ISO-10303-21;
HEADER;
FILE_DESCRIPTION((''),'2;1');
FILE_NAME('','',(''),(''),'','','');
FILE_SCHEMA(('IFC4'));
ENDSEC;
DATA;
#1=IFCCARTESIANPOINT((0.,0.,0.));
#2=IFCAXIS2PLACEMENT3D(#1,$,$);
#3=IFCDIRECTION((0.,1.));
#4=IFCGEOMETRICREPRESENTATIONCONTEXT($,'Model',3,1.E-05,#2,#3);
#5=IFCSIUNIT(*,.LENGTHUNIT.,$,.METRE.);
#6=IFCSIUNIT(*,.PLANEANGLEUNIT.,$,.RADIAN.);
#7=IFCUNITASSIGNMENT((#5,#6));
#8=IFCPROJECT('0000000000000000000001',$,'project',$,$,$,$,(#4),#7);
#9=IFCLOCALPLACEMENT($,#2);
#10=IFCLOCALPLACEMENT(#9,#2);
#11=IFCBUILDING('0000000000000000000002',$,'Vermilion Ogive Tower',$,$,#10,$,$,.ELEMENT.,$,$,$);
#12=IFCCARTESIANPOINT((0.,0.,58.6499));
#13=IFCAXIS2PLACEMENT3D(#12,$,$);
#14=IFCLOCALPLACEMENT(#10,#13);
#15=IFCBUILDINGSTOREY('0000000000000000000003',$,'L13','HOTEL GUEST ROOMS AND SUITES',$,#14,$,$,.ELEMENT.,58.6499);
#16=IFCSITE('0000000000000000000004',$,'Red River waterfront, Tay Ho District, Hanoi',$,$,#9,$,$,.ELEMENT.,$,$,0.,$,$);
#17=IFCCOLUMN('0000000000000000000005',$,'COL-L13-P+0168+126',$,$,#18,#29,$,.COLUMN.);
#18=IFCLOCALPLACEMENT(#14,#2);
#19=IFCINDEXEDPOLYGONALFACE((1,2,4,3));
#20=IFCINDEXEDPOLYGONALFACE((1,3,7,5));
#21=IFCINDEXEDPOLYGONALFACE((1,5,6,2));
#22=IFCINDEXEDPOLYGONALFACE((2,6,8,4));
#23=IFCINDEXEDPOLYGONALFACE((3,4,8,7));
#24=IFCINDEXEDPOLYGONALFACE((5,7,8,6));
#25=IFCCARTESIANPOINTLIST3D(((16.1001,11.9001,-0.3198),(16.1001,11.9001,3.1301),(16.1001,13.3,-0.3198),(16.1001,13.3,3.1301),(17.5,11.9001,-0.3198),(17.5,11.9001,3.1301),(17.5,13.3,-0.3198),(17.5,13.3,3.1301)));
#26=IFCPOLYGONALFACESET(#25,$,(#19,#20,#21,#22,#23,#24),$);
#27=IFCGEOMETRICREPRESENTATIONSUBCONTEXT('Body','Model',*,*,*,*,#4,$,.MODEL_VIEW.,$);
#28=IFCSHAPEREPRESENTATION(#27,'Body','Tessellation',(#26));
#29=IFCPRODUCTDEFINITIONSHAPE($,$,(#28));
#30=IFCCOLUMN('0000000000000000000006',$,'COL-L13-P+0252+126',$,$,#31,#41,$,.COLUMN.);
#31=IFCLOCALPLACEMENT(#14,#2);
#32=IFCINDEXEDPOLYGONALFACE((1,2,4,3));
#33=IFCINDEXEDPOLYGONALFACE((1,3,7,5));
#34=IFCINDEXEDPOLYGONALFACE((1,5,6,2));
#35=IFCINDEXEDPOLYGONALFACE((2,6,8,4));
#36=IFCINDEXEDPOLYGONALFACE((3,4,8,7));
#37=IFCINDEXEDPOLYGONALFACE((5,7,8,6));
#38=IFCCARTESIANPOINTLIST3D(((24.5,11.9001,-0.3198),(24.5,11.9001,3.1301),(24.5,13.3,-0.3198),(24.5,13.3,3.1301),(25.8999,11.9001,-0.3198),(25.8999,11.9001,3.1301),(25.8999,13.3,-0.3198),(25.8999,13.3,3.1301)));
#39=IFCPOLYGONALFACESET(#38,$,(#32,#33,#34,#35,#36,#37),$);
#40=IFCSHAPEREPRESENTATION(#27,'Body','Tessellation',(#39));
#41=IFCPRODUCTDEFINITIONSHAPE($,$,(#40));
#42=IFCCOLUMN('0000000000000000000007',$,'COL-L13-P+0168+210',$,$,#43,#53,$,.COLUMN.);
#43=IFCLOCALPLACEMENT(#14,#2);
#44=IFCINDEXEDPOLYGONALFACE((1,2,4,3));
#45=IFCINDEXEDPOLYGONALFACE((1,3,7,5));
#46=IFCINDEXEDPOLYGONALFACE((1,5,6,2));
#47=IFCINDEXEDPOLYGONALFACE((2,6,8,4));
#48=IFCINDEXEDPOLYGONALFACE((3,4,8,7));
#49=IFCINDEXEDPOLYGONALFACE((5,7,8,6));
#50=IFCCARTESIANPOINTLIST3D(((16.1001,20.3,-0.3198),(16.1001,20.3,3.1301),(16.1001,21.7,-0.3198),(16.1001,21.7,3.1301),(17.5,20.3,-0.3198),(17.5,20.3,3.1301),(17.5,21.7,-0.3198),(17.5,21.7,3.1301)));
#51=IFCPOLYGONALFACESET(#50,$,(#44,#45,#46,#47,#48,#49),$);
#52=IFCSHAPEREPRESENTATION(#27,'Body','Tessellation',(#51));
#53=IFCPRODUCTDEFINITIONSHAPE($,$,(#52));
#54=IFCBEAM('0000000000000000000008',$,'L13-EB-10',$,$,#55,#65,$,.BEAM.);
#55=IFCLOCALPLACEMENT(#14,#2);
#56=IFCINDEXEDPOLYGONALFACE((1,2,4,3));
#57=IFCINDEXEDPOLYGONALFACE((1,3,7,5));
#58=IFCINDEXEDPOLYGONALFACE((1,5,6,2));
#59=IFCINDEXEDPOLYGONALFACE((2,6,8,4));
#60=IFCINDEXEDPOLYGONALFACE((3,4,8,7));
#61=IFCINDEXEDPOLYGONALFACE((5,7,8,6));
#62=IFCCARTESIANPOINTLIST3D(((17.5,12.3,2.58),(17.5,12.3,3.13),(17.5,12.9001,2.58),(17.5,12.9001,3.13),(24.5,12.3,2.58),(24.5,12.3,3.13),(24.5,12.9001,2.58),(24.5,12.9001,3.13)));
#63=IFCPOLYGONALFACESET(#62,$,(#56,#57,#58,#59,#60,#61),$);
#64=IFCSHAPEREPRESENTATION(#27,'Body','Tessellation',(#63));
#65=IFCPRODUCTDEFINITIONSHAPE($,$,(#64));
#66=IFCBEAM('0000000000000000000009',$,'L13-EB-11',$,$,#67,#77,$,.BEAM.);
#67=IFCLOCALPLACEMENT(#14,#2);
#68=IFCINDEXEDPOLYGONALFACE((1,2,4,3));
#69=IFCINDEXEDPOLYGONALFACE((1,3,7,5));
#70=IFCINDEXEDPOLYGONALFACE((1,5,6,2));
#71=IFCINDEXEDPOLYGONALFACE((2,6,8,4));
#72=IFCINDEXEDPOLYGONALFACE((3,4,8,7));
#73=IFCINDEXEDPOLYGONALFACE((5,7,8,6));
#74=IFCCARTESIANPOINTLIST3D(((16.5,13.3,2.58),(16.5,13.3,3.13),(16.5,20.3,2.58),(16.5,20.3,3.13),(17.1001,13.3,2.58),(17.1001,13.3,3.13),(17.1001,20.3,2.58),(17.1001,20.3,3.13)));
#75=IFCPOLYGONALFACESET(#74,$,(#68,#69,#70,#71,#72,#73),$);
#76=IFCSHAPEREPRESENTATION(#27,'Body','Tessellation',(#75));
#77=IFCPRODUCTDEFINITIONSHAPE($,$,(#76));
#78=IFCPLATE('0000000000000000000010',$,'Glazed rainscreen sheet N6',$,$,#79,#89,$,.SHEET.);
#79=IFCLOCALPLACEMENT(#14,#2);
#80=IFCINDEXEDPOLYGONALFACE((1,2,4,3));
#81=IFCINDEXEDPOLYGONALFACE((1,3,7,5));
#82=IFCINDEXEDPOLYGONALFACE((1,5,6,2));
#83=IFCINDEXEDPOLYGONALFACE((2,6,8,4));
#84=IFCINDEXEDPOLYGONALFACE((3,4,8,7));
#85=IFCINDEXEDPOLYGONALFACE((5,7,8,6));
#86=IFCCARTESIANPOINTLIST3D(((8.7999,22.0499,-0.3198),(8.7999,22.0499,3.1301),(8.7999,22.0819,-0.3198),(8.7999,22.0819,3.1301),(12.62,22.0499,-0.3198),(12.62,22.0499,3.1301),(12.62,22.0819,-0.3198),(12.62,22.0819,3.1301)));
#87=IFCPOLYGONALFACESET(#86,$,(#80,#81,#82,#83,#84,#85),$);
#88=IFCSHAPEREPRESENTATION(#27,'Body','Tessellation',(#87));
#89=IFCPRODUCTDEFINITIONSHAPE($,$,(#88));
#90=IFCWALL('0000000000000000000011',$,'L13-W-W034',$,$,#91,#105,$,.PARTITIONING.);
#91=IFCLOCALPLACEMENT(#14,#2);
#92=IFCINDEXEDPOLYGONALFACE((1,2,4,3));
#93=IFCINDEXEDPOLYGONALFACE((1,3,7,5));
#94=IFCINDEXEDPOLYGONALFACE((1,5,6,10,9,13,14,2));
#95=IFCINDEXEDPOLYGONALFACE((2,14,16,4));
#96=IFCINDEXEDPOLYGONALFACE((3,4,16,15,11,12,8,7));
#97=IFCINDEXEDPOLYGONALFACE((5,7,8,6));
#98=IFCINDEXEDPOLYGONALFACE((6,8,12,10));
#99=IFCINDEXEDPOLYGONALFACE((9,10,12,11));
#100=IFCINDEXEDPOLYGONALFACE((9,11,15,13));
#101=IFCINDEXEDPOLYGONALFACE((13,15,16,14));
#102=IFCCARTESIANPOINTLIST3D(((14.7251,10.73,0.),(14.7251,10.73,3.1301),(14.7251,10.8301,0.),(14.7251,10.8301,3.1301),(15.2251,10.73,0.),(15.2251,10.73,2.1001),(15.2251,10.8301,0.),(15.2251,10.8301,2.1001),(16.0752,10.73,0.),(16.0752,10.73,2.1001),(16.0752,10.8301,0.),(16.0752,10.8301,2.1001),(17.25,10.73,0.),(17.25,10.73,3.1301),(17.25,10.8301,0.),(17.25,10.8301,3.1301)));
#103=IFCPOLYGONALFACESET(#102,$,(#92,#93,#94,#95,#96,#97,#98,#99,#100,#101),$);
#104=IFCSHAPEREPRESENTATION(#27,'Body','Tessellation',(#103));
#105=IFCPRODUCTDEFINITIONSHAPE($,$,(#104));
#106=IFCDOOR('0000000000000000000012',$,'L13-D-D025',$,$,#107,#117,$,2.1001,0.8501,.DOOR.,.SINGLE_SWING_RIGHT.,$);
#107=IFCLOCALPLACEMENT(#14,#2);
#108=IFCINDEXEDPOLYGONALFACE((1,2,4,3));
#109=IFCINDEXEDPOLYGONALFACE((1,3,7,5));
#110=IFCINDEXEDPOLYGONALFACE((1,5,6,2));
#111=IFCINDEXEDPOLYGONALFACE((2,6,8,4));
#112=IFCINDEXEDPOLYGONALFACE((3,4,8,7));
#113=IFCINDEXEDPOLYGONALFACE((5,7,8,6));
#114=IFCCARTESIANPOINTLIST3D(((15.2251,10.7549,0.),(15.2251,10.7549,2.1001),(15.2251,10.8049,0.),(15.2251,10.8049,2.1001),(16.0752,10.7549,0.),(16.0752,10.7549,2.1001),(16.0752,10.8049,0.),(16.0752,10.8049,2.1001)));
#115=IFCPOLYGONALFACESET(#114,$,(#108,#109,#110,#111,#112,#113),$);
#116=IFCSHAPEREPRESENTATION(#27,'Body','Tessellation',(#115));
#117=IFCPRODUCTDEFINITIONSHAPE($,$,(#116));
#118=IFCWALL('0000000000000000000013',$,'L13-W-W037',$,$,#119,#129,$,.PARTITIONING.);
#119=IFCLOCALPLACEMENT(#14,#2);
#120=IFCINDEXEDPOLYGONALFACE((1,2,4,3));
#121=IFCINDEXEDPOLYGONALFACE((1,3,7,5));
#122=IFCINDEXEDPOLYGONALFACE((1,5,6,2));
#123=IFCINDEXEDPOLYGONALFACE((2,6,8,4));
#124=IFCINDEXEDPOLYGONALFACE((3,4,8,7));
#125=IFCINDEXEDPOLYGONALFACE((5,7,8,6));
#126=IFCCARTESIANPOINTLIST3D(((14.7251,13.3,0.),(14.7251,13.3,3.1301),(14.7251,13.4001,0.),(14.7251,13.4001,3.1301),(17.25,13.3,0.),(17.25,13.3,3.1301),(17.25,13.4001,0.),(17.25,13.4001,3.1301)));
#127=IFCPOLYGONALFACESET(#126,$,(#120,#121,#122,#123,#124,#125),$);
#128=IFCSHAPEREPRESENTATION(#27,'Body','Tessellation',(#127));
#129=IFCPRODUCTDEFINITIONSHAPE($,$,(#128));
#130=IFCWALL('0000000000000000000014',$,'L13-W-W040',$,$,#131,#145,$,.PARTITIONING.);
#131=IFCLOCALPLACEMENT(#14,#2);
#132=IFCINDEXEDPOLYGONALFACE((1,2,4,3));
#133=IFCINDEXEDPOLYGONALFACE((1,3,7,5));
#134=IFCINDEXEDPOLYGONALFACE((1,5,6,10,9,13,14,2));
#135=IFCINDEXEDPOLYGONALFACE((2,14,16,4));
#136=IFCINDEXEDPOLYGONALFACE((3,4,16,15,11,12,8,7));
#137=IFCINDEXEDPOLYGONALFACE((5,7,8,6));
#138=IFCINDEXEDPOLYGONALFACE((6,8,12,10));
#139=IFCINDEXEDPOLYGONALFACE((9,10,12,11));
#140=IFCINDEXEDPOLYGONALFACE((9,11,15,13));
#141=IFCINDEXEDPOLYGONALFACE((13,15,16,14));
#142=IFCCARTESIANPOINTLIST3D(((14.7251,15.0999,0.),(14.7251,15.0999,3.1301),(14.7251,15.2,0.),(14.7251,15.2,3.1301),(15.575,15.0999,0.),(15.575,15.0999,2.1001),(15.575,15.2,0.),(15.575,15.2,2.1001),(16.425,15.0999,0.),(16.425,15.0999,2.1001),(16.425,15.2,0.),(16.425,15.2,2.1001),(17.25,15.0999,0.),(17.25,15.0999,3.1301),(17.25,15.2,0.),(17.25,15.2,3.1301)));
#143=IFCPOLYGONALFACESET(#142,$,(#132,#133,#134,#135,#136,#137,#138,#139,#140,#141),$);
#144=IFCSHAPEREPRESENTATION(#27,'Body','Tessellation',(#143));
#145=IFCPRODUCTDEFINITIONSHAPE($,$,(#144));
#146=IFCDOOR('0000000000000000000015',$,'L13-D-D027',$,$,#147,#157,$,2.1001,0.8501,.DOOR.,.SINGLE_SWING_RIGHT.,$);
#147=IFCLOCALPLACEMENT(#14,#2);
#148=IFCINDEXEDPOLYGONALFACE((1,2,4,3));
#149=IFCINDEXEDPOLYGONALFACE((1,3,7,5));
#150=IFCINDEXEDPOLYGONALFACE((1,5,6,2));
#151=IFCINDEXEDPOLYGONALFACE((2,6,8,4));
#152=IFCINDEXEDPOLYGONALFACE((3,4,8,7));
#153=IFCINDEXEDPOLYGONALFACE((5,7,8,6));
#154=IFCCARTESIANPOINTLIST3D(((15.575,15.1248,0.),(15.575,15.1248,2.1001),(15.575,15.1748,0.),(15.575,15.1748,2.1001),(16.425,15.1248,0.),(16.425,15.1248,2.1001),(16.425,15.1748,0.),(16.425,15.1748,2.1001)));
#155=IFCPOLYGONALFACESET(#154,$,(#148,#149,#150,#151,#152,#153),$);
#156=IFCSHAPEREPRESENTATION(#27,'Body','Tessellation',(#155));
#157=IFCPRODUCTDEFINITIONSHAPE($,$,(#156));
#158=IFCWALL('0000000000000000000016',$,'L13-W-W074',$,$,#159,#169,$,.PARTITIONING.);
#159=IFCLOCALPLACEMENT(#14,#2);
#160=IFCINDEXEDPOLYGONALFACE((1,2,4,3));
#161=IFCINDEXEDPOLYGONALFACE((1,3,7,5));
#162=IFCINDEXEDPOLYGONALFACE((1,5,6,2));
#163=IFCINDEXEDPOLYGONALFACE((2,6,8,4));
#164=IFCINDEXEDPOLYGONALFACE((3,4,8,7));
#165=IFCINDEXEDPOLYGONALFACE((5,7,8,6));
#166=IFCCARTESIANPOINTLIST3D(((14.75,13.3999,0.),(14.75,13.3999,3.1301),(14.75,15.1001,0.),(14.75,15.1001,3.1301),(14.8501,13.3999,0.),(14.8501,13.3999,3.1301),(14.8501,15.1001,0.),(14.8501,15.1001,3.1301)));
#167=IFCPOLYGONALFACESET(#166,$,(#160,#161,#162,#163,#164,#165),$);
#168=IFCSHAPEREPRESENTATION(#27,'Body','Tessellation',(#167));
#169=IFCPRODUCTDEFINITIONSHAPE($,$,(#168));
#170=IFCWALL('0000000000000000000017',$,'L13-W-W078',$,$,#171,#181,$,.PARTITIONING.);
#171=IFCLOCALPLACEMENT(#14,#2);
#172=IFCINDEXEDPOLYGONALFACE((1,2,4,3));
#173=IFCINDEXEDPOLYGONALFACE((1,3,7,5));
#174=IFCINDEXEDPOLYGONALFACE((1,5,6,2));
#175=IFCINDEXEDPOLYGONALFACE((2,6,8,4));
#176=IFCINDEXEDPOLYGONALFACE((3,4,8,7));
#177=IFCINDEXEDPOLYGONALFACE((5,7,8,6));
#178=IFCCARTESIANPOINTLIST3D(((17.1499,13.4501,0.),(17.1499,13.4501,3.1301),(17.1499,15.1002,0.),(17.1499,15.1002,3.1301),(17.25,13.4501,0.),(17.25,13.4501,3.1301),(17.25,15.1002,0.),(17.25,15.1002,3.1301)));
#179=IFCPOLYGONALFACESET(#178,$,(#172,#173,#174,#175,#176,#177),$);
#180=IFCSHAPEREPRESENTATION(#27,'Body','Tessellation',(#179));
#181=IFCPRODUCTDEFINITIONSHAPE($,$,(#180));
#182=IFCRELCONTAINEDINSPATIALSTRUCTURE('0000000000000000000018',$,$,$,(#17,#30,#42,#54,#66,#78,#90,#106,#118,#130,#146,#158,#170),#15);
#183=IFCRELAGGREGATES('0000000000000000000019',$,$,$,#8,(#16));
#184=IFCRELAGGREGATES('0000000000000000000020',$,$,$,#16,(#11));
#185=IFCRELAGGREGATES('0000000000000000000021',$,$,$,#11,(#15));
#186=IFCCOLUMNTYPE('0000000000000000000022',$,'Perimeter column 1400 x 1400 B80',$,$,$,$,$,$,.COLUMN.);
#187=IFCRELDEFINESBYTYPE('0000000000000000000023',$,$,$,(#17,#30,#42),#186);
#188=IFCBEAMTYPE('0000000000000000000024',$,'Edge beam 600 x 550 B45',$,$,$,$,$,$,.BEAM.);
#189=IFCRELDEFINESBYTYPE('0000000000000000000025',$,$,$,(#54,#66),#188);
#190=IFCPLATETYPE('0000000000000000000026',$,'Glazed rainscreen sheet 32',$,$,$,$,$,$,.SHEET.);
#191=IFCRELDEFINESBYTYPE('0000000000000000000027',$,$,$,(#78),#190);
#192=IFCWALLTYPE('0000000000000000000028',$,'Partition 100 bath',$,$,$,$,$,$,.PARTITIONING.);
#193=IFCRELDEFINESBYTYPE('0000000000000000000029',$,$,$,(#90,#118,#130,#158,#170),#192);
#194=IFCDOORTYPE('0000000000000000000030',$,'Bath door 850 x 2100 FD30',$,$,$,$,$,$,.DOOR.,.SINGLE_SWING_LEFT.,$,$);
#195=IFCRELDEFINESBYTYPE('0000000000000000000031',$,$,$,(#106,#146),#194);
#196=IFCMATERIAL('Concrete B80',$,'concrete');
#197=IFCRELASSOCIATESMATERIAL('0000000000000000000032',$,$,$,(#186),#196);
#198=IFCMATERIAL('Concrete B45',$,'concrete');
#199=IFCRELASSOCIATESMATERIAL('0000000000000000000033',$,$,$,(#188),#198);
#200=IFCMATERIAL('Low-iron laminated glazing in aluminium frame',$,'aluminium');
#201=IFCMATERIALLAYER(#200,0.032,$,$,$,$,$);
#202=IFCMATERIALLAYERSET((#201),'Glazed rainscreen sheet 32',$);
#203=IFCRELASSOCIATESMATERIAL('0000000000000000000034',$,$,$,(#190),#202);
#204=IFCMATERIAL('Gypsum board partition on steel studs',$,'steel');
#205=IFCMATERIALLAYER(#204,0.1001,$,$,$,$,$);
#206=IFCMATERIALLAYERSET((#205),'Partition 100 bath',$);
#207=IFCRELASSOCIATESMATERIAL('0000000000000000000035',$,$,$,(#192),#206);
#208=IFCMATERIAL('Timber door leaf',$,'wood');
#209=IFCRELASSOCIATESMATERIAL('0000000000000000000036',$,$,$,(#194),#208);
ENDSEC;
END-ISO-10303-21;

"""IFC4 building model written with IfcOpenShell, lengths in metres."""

from ifc_helpers import new_model, si_unit, direction, frame, frame_2d, origin, origin_2d, place, context, subcontext, project, spatial, rectangle, extrude, material, layer, layer_set, material_profile, profile_set, type_object, element, fill, save


model = new_model("IFC4")

# Units and contexts
model_context = context("Model", 3, precision=1e-05, world=origin(), true_north=direction((0.0, 1.0)))
body_context = subcontext(model_context, "Body", "Model", "MODEL_VIEW")
ifc_project = project(units=[si_unit("LENGTHUNIT", "METRE"), si_unit("PLANEANGLEUNIT", "RADIAN")], contexts=[model_context])

# Site, building, storey
site_placement = place(None, origin())
site = spatial("IfcSite", under=ifc_project, at=site_placement, Name="Red River waterfront, Tay Ho District, Hanoi", CompositionType="ELEMENT", RefElevation=0.0)
building_placement = place(site_placement, origin())
building = spatial("IfcBuilding", under=site, at=building_placement, Name="Vermilion Ogive Tower", CompositionType="ELEMENT")
storey_placement = place(building_placement, frame((0.0, 0.0, 58.6499)))
storey = spatial("IfcBuildingStorey", under=building, at=storey_placement, Name="L13", Description="HOTEL GUEST ROOMS AND SUITES", CompositionType="ELEMENT", Elevation=58.6499)

# Columns
ifc_material_1 = material(Name="Concrete B80", Category="concrete")
ifc_material_profile_1 = material_profile(ifc_material_1, rectangle(XDim=1.3999, YDim=1.3999, at=origin_2d()), Name="1400 x 1400")
ifc_profile_set_1 = profile_set([ifc_material_profile_1], Name="Concrete B80")
column_type = type_object("IfcColumnType", Name="Perimeter column 1400 x 1400 B80", PredefinedType="COLUMN", material=ifc_profile_set_1)
for number, where, z_axis, x_axis, name in (
    (1, (16.8, 12.6001, -0.3198), (0.0, 0.0, 1.0), (1.0, 0.0, 0.0), "COL-L13-P+0168+126"),
    (2, (25.2, 12.6001, -0.3198), (0.0, 0.0, 1.0), (1.0, 0.0, 0.0), "COL-L13-P+0252+126"),
    (3, (16.8, 21.0, -0.3198), (0.0, 0.0, 1.0), (1.0, 0.0, 0.0), "COL-L13-P+0168+210"),
):
    element("IfcColumn", number, at=place(storey_placement, frame(where, z_axis=z_axis, x_axis=x_axis)), inside=storey, type_object=column_type, Name=name, PredefinedType="COLUMN", context=body_context, shape_type="SweptSolid", body=[
        extrude(rectangle(XDim=1.3999, YDim=1.3999, at=origin_2d()), origin(), (0.0, 0.0, 1.0), 3.45),
    ])

# Beams
ifc_material_2 = material(Name="Concrete B45", Category="concrete")
ifc_material_profile_2 = material_profile(ifc_material_2, rectangle(XDim=0.6001, YDim=0.55, at=origin_2d()), Name="600 x 550")
ifc_profile_set_2 = profile_set([ifc_material_profile_2], Name="Concrete B45")
beam_type = type_object("IfcBeamType", Name="Edge beam 600 x 550 B45", PredefinedType="BEAM", material=ifc_profile_set_2)
for number, where, z_axis, x_axis, name in (
    (4, (24.5, 12.6001, 2.855), (-1.0, 0.0, 0.0), (0.0, -1.0, 0.0), "L13-EB-10"),
    (5, (16.8, 13.3, 2.855), (0.0, 1.0, 0.0), (-1.0, 0.0, 0.0), "L13-EB-11"),
):
    element("IfcBeam", number, at=place(storey_placement, frame(where, z_axis=z_axis, x_axis=x_axis)), inside=storey, type_object=beam_type, Name=name, PredefinedType="BEAM", context=body_context, shape_type="SweptSolid", body=[
        extrude(rectangle(XDim=0.6001, YDim=0.55, at=origin_2d()), origin(), (0.0, 0.0, 1.0), 7.0),
    ])

# Plate
ifc_material_3 = material(Name="Low-iron laminated glazing in aluminium frame", Category="aluminium")
ifc_layer_1 = layer(ifc_material_3, 0.032)
ifc_layer_set_1 = layer_set([ifc_layer_1], Name="Glazed rainscreen sheet 32")
plate_type = type_object("IfcPlateType", Name="Glazed rainscreen sheet 32", PredefinedType="SHEET", material=ifc_layer_set_1)
plate_placement = place(storey_placement, frame((10.71, 22.0659, -0.3198), z_axis=(0.0, 0.0, 1.0), x_axis=(1.0, 0.0, 0.0)))
element("IfcPlate", 6, at=plate_placement, inside=storey, type_object=plate_type, Name="Glazed rainscreen sheet N6", PredefinedType="SHEET", context=body_context, shape_type="SweptSolid", body=[
    extrude(rectangle(XDim=3.8201, YDim=0.032, at=origin_2d()), origin(), (0.0, 0.0, 1.0), 3.45),
])

# Wall, opening, door
ifc_material_4 = material(Name="Gypsum board partition on steel studs", Category="steel")
ifc_layer_2 = layer(ifc_material_4, 0.1001)
ifc_layer_set_2 = layer_set([ifc_layer_2], Name="Partition 100 bath")
wall_type_1 = type_object("IfcWallType", Name="Partition 100 bath", PredefinedType="PARTITIONING", material=ifc_layer_set_2)
wall_1_placement = place(storey_placement, frame((14.7251, 10.78, 0.0), z_axis=(0.0, 0.0, 1.0), x_axis=(1.0, 0.0, 0.0)))
wall_1 = element("IfcWall", 7, at=wall_1_placement, inside=storey, type_object=wall_type_1, Name="L13-W-W034", PredefinedType="PARTITIONING", context=body_context, shape_type="SweptSolid", body=[
    extrude(rectangle(XDim=2.5249, YDim=0.1001, at=frame_2d((1.2625, 0.0))), origin(), (0.0, 0.0, 1.0), 3.1301),
])
opening_1_placement = place(wall_1_placement, frame((0.5, 0.0, 0.0)))
opening_1 = element("IfcOpeningElement", 8, at=opening_1_placement, cuts=wall_1, PredefinedType="OPENING", context=body_context, shape_type="SweptSolid", body=[
    extrude(rectangle(XDim=0.8501, YDim=2.1001, at=frame_2d((0.425, 1.05))), frame((0.0, 0.0601, 0.0), z_axis=(0.0, -1.0, 0.0), x_axis=(1.0, 0.0, 0.0)), (0.0, 0.0, 1.0), 0.1201),
])
ifc_material_5 = material(Name="Timber door leaf", Category="wood")
door_type_1 = type_object("IfcDoorType", Name="Bath door 850 x 2100 FD30", OperationType="SINGLE_SWING_LEFT", PredefinedType="DOOR", material=ifc_material_5)
door_1_placement = place(opening_1_placement, origin())
door_1 = element("IfcDoor", 9, at=door_1_placement, inside=storey, type_object=door_type_1, Name="L13-D-D025", OperationType="SINGLE_SWING_RIGHT", OverallHeight=2.1001, OverallWidth=0.8501, PredefinedType="DOOR", context=body_context, shape_type="SweptSolid", body=[
    extrude(rectangle(XDim=0.8501, YDim=2.1001, at=frame_2d((0.425, 1.05))), frame((0.0, 0.0249, 0.0), z_axis=(0.0, -1.0, 0.0), x_axis=(1.0, 0.0, 0.0)), (0.0, 0.0, 1.0), 0.05),
])
fill(opening_1, door_1)

# Wall
wall_2_placement = place(storey_placement, frame((14.7251, 13.3501, 0.0), z_axis=(0.0, 0.0, 1.0), x_axis=(1.0, 0.0, 0.0)))
element("IfcWall", 10, at=wall_2_placement, inside=storey, type_object=wall_type_1, Name="L13-W-W037", PredefinedType="PARTITIONING", context=body_context, shape_type="SweptSolid", body=[
    extrude(rectangle(XDim=2.5249, YDim=0.1001, at=frame_2d((1.2625, 0.0))), origin(), (0.0, 0.0, 1.0), 3.1301),
])

# Wall, opening, door
wall_3_placement = place(storey_placement, frame((14.7251, 15.1499, 0.0), z_axis=(0.0, 0.0, 1.0), x_axis=(1.0, 0.0, 0.0)))
wall_3 = element("IfcWall", 11, at=wall_3_placement, inside=storey, type_object=wall_type_1, Name="L13-W-W040", PredefinedType="PARTITIONING", context=body_context, shape_type="SweptSolid", body=[
    extrude(rectangle(XDim=2.5249, YDim=0.1001, at=frame_2d((1.2625, 0.0))), origin(), (0.0, 0.0, 1.0), 3.1301),
])
opening_2_placement = place(wall_3_placement, frame((0.8499, 0.0, 0.0)))
opening_2 = element("IfcOpeningElement", 12, at=opening_2_placement, cuts=wall_3, PredefinedType="OPENING", context=body_context, shape_type="SweptSolid", body=[
    extrude(rectangle(XDim=0.8501, YDim=2.1001, at=frame_2d((0.425, 1.05))), frame((0.0, 0.0601, 0.0), z_axis=(0.0, -1.0, 0.0), x_axis=(1.0, 0.0, 0.0)), (0.0, 0.0, 1.0), 0.1201),
])
door_2_placement = place(opening_2_placement, origin())
door_2 = element("IfcDoor", 13, at=door_2_placement, inside=storey, type_object=door_type_1, Name="L13-D-D027", OperationType="SINGLE_SWING_RIGHT", OverallHeight=2.1001, OverallWidth=0.8501, PredefinedType="DOOR", context=body_context, shape_type="SweptSolid", body=[
    extrude(rectangle(XDim=0.8501, YDim=2.1001, at=frame_2d((0.425, 1.05))), frame((0.0, 0.0249, 0.0), z_axis=(0.0, -1.0, 0.0), x_axis=(1.0, 0.0, 0.0)), (0.0, 0.0, 1.0), 0.05),
])
fill(opening_2, door_2)

# Walls
wall_4_placement = place(storey_placement, frame((14.8, 13.3999, 0.0), z_axis=(0.0, 0.0, 1.0), x_axis=(0.0, 1.0, 0.0)))
element("IfcWall", 14, at=wall_4_placement, inside=storey, type_object=wall_type_1, Name="L13-W-W074", PredefinedType="PARTITIONING", context=body_context, shape_type="SweptSolid", body=[
    extrude(rectangle(XDim=1.7002, YDim=0.1001, at=frame_2d((0.8501, 0.0))), origin(), (0.0, 0.0, 1.0), 3.1301),
])
wall_5_placement = place(storey_placement, frame((17.2, 13.45, 0.0), z_axis=(0.0, 0.0, 1.0), x_axis=(0.0, 1.0, 0.0)))
element("IfcWall", 15, at=wall_5_placement, inside=storey, type_object=wall_type_1, Name="L13-W-W078", PredefinedType="PARTITIONING", context=body_context, shape_type="SweptSolid", body=[
    extrude(rectangle(XDim=1.6501, YDim=0.1001, at=frame_2d((0.8252, 0.0))), origin(), (0.0, 0.0, 1.0), 3.1301),
])

save(model, "model.ifc")
